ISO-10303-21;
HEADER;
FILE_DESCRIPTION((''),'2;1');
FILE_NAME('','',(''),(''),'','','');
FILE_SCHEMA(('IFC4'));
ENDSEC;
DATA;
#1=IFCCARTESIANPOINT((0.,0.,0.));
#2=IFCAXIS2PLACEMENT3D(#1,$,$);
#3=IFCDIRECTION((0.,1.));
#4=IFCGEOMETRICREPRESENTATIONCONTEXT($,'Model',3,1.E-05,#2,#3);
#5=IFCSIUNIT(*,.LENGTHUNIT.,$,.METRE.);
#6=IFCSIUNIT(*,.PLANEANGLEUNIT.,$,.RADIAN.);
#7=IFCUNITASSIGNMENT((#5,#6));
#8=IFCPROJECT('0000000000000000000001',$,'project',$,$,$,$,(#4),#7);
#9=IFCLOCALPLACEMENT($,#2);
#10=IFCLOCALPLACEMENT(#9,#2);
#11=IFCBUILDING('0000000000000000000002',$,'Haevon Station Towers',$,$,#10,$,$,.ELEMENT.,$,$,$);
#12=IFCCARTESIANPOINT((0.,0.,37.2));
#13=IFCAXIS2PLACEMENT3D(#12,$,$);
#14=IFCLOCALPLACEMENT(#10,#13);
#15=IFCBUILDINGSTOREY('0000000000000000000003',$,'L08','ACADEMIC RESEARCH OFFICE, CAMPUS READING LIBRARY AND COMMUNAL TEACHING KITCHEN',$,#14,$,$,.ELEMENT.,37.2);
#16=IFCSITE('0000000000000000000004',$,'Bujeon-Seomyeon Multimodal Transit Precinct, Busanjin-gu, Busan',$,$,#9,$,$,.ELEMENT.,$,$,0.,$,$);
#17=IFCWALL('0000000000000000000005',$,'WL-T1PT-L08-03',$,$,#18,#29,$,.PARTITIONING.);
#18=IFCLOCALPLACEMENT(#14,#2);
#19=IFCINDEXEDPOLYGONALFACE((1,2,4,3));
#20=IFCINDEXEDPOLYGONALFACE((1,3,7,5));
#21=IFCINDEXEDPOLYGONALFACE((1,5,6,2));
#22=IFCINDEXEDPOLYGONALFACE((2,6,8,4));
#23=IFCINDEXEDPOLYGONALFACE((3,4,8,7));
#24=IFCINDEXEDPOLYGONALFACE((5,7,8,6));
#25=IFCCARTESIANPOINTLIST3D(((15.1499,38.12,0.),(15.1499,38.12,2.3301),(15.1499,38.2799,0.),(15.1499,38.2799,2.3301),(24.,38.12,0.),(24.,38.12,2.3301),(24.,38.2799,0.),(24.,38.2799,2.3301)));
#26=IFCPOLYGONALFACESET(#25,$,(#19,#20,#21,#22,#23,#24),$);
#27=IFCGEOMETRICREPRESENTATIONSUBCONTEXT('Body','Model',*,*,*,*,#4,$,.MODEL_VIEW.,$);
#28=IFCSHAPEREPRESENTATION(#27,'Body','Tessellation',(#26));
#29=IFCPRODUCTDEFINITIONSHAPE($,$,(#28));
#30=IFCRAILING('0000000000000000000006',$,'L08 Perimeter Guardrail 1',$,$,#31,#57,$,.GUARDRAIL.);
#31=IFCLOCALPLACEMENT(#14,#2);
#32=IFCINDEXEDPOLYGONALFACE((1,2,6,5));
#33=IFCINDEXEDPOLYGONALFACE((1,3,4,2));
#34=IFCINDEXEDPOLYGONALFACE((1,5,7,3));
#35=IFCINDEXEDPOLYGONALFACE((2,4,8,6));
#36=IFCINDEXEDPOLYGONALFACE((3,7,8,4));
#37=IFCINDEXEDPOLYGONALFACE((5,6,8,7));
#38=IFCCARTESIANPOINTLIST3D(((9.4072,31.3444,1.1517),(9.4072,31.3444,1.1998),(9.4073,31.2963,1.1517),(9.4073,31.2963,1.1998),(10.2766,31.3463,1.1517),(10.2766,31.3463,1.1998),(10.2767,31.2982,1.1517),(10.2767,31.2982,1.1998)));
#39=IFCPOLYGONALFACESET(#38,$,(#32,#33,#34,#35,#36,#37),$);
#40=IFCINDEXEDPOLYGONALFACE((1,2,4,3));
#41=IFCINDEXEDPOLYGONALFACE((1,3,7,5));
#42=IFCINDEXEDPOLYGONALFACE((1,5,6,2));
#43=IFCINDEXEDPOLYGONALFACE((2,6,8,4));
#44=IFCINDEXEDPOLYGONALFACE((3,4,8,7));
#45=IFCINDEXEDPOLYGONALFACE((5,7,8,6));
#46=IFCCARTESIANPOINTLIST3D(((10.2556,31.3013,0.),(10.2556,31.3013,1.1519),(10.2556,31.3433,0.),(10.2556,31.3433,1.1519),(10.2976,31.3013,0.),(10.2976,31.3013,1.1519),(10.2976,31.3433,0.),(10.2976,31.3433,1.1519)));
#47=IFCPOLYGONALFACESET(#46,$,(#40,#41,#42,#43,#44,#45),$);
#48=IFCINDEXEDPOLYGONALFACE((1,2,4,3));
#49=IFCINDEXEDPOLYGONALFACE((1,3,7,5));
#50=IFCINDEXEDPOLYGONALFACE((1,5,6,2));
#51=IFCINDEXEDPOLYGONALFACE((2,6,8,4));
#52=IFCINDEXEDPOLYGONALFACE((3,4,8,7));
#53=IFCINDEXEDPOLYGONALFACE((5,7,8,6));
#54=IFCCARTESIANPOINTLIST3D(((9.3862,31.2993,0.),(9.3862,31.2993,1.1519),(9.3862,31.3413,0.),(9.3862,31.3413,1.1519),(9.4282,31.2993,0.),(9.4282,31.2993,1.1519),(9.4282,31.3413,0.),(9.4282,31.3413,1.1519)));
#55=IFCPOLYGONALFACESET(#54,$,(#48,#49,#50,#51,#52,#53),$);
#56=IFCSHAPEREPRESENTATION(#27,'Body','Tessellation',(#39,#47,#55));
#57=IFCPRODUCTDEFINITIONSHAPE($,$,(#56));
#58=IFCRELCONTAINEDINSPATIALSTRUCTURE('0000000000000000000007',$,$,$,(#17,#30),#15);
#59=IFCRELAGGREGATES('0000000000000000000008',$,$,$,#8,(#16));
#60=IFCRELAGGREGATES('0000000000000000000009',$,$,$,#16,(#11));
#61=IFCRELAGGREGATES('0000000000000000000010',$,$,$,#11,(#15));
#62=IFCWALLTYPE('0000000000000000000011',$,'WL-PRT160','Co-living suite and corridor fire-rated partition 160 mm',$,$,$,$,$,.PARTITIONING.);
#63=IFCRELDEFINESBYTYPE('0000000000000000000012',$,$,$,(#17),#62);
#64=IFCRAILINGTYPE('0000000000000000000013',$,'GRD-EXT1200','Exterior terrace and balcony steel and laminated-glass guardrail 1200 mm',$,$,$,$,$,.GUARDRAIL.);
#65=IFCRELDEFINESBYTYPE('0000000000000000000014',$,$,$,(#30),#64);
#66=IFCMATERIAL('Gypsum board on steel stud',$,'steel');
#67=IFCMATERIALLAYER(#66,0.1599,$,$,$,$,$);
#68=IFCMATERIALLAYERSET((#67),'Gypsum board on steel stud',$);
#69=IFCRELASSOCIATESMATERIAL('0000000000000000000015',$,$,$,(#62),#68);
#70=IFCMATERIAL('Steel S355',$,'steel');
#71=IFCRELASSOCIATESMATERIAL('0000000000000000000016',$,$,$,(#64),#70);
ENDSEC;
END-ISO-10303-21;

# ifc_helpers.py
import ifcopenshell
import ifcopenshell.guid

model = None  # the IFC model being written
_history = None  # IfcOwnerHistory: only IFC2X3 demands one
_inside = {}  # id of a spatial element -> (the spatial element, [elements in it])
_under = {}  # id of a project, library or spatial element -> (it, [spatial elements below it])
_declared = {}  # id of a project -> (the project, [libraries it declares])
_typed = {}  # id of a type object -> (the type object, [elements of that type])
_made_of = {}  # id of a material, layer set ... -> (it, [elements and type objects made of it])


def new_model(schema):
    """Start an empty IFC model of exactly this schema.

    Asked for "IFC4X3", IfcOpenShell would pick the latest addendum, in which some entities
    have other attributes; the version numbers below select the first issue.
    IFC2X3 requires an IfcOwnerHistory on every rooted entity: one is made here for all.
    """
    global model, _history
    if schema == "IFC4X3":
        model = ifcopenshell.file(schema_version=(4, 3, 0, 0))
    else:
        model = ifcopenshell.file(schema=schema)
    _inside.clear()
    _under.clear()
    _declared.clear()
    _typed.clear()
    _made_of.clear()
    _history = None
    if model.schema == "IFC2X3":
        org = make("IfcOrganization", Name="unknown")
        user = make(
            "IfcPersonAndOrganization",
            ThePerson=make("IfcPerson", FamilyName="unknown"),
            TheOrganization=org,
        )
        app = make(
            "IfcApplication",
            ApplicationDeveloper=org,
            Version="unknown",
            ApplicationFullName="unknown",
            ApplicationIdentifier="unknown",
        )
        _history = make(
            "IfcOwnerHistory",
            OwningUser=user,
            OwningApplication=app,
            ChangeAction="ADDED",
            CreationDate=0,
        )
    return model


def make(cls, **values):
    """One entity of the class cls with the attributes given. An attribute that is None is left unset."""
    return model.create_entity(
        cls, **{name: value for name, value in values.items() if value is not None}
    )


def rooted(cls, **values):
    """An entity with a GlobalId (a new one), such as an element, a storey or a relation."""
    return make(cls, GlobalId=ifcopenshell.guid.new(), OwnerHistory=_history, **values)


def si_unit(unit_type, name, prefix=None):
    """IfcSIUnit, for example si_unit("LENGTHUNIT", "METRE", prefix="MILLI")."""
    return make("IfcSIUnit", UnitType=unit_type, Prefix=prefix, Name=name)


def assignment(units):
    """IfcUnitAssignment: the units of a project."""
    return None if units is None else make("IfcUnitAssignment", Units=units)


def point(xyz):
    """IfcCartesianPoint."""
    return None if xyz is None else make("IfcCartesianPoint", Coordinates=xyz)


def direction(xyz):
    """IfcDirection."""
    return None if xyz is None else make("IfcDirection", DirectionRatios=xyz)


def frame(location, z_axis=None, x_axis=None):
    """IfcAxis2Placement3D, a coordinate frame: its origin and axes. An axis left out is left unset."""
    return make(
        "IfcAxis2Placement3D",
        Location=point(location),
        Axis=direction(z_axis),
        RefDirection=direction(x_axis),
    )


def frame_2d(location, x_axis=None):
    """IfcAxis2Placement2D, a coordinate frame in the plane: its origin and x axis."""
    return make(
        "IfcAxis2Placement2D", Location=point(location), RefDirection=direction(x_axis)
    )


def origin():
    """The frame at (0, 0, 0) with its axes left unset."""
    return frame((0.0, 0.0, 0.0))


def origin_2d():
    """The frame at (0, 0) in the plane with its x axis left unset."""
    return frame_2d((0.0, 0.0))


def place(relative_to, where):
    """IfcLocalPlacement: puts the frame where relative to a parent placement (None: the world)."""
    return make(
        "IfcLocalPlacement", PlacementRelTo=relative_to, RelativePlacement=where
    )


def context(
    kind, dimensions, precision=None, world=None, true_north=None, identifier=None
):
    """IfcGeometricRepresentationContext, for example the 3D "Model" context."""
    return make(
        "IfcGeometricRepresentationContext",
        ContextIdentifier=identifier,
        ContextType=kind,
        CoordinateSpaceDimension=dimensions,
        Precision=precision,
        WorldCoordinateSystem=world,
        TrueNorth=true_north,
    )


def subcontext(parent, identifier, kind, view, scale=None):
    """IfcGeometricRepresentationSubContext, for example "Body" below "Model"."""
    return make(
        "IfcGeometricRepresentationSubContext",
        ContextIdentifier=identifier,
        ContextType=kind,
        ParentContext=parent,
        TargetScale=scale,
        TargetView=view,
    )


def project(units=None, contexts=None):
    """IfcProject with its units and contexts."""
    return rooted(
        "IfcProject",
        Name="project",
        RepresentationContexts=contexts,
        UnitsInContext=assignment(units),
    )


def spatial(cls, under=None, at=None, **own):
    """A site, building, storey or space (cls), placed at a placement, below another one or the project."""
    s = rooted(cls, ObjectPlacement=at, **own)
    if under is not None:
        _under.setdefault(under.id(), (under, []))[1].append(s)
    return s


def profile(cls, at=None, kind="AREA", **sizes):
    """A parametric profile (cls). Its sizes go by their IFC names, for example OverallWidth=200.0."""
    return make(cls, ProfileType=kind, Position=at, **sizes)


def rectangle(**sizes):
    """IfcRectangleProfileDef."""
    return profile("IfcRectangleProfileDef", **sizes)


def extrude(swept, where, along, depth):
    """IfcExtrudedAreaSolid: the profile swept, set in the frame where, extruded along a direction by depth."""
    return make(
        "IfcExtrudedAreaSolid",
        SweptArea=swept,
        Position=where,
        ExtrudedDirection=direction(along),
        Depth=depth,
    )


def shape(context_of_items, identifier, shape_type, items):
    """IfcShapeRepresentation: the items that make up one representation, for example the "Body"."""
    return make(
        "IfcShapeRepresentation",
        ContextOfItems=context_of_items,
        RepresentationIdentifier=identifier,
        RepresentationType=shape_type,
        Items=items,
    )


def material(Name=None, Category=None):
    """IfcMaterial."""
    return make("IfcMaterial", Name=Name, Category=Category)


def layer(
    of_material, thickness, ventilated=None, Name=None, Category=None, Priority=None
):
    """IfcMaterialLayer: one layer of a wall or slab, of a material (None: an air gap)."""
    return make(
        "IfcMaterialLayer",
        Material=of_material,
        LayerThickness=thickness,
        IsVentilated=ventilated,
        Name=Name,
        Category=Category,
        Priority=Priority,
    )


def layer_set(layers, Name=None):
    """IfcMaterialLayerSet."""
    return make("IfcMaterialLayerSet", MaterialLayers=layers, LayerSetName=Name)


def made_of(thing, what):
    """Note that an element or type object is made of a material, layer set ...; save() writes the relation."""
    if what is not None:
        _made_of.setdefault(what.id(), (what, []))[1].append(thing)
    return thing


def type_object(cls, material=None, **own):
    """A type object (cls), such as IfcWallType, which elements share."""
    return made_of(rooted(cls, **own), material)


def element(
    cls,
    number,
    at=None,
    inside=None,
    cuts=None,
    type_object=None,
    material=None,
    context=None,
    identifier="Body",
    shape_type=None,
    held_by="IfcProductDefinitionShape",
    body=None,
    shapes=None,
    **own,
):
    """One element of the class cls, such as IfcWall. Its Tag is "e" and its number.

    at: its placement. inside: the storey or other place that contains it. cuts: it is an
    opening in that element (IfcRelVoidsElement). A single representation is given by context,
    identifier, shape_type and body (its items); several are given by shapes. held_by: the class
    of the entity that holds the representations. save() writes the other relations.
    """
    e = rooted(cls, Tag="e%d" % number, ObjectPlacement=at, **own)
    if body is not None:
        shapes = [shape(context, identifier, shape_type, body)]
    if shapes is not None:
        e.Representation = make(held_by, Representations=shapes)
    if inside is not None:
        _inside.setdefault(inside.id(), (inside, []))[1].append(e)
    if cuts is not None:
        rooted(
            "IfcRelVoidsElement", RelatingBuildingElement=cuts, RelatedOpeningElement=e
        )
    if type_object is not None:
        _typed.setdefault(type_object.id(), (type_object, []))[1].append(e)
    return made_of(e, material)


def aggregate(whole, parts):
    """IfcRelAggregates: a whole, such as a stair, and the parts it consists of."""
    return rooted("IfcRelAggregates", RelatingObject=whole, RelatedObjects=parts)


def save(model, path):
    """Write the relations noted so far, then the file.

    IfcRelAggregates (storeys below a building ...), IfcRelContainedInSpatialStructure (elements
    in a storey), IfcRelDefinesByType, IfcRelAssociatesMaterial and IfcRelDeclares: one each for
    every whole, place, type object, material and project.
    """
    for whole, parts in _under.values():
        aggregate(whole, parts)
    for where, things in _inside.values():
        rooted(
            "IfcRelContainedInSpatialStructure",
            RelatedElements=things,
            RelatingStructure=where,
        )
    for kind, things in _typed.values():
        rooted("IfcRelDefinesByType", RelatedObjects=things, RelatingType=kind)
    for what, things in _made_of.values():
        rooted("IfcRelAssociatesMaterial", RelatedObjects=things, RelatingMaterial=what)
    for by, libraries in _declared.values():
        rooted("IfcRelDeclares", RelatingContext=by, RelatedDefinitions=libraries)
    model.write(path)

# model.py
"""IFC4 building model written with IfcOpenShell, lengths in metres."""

from ifc_helpers import new_model, si_unit, direction, frame, frame_2d, origin, origin_2d, place, context, subcontext, project, spatial, rectangle, extrude, material, layer, layer_set, type_object, element, save


model = new_model("IFC4")

# Units and contexts
model_context = context("Model", 3, precision=1e-05, world=origin(), true_north=direction((0.0, 1.0)))
body_context = subcontext(model_context, "Body", "Model", "MODEL_VIEW")
ifc_project = project(units=[si_unit("LENGTHUNIT", "METRE"), si_unit("PLANEANGLEUNIT", "RADIAN")], contexts=[model_context])

# Site, building, storey
site_placement = place(None, origin())
site = spatial("IfcSite", under=ifc_project, at=site_placement, Name="Bujeon-Seomyeon Multimodal Transit Precinct, Busanjin-gu, Busan", CompositionType="ELEMENT", RefElevation=0.0)
building_placement = place(site_placement, origin())
building = spatial("IfcBuilding", under=site, at=building_placement, Name="Haevon Station Towers", CompositionType="ELEMENT")
storey_placement = place(building_placement, frame((0.0, 0.0, 37.2)))
storey = spatial("IfcBuildingStorey", under=building, at=storey_placement, Name="L08", Description="ACADEMIC RESEARCH OFFICE, CAMPUS READING LIBRARY AND COMMUNAL TEACHING KITCHEN", CompositionType="ELEMENT", Elevation=37.2)

# Shared definitions
ifc_material_1 = material(Name="Steel S355", Category="steel")

# Wall
ifc_material_2 = material(Name="Gypsum board on steel stud", Category="steel")
ifc_layer_1 = layer(ifc_material_2, 0.1599)
ifc_layer_set_1 = layer_set([ifc_layer_1], Name="Gypsum board on steel stud")
wall_type_1 = type_object("IfcWallType", Name="WL-PRT160", Description="Co-living suite and corridor fire-rated partition 160 mm", PredefinedType="PARTITIONING", material=ifc_layer_set_1)
wall_1_placement = place(storey_placement, frame((15.1499, 38.2, 0.0), z_axis=(0.0, 0.0, 1.0), x_axis=(1.0, 0.0, 0.0)))
element("IfcWall", 1, at=wall_1_placement, inside=storey, type_object=wall_type_1, Name="WL-T1PT-L08-03", PredefinedType="PARTITIONING", context=body_context, shape_type="SweptSolid", body=[
    extrude(rectangle(XDim=8.8501, YDim=0.1599, at=frame_2d((4.425, 0.0))), origin(), (0.0, 0.0, 1.0), 2.3301),
])

# Railing
railing_type = type_object("IfcRailingType", Name="GRD-EXT1200", Description="Exterior terrace and balcony steel and laminated-glass guardrail 1200 mm", PredefinedType="GUARDRAIL", material=ifc_material_1)
railing_placement = place(storey_placement, frame((10.2766, 31.3223, 0.0)))
element("IfcRailing", 2, at=railing_placement, inside=storey, type_object=railing_type, Name="L08 Perimeter Guardrail 1", PredefinedType="GUARDRAIL", context=body_context, shape_type="SweptSolid", body=[
    extrude(rectangle(XDim=0.0481, YDim=0.0481, at=origin_2d()), frame((0.0, 0.0, 1.1758), z_axis=(-0.999997, -0.002247, 0.0), x_axis=(0.002247, -0.999997, 0.0)), (0.0, 0.0, 1.0), 0.8694),
    extrude(rectangle(XDim=0.042, YDim=0.042, at=origin_2d()), origin(), (0.0, 0.0, 1.0), 1.1519),
    extrude(rectangle(XDim=0.042, YDim=0.042, at=origin_2d()), frame((-0.8694, -0.002, 0.0)), (0.0, 0.0, 1.0), 1.1519),
])

save(model, "model.ifc")
